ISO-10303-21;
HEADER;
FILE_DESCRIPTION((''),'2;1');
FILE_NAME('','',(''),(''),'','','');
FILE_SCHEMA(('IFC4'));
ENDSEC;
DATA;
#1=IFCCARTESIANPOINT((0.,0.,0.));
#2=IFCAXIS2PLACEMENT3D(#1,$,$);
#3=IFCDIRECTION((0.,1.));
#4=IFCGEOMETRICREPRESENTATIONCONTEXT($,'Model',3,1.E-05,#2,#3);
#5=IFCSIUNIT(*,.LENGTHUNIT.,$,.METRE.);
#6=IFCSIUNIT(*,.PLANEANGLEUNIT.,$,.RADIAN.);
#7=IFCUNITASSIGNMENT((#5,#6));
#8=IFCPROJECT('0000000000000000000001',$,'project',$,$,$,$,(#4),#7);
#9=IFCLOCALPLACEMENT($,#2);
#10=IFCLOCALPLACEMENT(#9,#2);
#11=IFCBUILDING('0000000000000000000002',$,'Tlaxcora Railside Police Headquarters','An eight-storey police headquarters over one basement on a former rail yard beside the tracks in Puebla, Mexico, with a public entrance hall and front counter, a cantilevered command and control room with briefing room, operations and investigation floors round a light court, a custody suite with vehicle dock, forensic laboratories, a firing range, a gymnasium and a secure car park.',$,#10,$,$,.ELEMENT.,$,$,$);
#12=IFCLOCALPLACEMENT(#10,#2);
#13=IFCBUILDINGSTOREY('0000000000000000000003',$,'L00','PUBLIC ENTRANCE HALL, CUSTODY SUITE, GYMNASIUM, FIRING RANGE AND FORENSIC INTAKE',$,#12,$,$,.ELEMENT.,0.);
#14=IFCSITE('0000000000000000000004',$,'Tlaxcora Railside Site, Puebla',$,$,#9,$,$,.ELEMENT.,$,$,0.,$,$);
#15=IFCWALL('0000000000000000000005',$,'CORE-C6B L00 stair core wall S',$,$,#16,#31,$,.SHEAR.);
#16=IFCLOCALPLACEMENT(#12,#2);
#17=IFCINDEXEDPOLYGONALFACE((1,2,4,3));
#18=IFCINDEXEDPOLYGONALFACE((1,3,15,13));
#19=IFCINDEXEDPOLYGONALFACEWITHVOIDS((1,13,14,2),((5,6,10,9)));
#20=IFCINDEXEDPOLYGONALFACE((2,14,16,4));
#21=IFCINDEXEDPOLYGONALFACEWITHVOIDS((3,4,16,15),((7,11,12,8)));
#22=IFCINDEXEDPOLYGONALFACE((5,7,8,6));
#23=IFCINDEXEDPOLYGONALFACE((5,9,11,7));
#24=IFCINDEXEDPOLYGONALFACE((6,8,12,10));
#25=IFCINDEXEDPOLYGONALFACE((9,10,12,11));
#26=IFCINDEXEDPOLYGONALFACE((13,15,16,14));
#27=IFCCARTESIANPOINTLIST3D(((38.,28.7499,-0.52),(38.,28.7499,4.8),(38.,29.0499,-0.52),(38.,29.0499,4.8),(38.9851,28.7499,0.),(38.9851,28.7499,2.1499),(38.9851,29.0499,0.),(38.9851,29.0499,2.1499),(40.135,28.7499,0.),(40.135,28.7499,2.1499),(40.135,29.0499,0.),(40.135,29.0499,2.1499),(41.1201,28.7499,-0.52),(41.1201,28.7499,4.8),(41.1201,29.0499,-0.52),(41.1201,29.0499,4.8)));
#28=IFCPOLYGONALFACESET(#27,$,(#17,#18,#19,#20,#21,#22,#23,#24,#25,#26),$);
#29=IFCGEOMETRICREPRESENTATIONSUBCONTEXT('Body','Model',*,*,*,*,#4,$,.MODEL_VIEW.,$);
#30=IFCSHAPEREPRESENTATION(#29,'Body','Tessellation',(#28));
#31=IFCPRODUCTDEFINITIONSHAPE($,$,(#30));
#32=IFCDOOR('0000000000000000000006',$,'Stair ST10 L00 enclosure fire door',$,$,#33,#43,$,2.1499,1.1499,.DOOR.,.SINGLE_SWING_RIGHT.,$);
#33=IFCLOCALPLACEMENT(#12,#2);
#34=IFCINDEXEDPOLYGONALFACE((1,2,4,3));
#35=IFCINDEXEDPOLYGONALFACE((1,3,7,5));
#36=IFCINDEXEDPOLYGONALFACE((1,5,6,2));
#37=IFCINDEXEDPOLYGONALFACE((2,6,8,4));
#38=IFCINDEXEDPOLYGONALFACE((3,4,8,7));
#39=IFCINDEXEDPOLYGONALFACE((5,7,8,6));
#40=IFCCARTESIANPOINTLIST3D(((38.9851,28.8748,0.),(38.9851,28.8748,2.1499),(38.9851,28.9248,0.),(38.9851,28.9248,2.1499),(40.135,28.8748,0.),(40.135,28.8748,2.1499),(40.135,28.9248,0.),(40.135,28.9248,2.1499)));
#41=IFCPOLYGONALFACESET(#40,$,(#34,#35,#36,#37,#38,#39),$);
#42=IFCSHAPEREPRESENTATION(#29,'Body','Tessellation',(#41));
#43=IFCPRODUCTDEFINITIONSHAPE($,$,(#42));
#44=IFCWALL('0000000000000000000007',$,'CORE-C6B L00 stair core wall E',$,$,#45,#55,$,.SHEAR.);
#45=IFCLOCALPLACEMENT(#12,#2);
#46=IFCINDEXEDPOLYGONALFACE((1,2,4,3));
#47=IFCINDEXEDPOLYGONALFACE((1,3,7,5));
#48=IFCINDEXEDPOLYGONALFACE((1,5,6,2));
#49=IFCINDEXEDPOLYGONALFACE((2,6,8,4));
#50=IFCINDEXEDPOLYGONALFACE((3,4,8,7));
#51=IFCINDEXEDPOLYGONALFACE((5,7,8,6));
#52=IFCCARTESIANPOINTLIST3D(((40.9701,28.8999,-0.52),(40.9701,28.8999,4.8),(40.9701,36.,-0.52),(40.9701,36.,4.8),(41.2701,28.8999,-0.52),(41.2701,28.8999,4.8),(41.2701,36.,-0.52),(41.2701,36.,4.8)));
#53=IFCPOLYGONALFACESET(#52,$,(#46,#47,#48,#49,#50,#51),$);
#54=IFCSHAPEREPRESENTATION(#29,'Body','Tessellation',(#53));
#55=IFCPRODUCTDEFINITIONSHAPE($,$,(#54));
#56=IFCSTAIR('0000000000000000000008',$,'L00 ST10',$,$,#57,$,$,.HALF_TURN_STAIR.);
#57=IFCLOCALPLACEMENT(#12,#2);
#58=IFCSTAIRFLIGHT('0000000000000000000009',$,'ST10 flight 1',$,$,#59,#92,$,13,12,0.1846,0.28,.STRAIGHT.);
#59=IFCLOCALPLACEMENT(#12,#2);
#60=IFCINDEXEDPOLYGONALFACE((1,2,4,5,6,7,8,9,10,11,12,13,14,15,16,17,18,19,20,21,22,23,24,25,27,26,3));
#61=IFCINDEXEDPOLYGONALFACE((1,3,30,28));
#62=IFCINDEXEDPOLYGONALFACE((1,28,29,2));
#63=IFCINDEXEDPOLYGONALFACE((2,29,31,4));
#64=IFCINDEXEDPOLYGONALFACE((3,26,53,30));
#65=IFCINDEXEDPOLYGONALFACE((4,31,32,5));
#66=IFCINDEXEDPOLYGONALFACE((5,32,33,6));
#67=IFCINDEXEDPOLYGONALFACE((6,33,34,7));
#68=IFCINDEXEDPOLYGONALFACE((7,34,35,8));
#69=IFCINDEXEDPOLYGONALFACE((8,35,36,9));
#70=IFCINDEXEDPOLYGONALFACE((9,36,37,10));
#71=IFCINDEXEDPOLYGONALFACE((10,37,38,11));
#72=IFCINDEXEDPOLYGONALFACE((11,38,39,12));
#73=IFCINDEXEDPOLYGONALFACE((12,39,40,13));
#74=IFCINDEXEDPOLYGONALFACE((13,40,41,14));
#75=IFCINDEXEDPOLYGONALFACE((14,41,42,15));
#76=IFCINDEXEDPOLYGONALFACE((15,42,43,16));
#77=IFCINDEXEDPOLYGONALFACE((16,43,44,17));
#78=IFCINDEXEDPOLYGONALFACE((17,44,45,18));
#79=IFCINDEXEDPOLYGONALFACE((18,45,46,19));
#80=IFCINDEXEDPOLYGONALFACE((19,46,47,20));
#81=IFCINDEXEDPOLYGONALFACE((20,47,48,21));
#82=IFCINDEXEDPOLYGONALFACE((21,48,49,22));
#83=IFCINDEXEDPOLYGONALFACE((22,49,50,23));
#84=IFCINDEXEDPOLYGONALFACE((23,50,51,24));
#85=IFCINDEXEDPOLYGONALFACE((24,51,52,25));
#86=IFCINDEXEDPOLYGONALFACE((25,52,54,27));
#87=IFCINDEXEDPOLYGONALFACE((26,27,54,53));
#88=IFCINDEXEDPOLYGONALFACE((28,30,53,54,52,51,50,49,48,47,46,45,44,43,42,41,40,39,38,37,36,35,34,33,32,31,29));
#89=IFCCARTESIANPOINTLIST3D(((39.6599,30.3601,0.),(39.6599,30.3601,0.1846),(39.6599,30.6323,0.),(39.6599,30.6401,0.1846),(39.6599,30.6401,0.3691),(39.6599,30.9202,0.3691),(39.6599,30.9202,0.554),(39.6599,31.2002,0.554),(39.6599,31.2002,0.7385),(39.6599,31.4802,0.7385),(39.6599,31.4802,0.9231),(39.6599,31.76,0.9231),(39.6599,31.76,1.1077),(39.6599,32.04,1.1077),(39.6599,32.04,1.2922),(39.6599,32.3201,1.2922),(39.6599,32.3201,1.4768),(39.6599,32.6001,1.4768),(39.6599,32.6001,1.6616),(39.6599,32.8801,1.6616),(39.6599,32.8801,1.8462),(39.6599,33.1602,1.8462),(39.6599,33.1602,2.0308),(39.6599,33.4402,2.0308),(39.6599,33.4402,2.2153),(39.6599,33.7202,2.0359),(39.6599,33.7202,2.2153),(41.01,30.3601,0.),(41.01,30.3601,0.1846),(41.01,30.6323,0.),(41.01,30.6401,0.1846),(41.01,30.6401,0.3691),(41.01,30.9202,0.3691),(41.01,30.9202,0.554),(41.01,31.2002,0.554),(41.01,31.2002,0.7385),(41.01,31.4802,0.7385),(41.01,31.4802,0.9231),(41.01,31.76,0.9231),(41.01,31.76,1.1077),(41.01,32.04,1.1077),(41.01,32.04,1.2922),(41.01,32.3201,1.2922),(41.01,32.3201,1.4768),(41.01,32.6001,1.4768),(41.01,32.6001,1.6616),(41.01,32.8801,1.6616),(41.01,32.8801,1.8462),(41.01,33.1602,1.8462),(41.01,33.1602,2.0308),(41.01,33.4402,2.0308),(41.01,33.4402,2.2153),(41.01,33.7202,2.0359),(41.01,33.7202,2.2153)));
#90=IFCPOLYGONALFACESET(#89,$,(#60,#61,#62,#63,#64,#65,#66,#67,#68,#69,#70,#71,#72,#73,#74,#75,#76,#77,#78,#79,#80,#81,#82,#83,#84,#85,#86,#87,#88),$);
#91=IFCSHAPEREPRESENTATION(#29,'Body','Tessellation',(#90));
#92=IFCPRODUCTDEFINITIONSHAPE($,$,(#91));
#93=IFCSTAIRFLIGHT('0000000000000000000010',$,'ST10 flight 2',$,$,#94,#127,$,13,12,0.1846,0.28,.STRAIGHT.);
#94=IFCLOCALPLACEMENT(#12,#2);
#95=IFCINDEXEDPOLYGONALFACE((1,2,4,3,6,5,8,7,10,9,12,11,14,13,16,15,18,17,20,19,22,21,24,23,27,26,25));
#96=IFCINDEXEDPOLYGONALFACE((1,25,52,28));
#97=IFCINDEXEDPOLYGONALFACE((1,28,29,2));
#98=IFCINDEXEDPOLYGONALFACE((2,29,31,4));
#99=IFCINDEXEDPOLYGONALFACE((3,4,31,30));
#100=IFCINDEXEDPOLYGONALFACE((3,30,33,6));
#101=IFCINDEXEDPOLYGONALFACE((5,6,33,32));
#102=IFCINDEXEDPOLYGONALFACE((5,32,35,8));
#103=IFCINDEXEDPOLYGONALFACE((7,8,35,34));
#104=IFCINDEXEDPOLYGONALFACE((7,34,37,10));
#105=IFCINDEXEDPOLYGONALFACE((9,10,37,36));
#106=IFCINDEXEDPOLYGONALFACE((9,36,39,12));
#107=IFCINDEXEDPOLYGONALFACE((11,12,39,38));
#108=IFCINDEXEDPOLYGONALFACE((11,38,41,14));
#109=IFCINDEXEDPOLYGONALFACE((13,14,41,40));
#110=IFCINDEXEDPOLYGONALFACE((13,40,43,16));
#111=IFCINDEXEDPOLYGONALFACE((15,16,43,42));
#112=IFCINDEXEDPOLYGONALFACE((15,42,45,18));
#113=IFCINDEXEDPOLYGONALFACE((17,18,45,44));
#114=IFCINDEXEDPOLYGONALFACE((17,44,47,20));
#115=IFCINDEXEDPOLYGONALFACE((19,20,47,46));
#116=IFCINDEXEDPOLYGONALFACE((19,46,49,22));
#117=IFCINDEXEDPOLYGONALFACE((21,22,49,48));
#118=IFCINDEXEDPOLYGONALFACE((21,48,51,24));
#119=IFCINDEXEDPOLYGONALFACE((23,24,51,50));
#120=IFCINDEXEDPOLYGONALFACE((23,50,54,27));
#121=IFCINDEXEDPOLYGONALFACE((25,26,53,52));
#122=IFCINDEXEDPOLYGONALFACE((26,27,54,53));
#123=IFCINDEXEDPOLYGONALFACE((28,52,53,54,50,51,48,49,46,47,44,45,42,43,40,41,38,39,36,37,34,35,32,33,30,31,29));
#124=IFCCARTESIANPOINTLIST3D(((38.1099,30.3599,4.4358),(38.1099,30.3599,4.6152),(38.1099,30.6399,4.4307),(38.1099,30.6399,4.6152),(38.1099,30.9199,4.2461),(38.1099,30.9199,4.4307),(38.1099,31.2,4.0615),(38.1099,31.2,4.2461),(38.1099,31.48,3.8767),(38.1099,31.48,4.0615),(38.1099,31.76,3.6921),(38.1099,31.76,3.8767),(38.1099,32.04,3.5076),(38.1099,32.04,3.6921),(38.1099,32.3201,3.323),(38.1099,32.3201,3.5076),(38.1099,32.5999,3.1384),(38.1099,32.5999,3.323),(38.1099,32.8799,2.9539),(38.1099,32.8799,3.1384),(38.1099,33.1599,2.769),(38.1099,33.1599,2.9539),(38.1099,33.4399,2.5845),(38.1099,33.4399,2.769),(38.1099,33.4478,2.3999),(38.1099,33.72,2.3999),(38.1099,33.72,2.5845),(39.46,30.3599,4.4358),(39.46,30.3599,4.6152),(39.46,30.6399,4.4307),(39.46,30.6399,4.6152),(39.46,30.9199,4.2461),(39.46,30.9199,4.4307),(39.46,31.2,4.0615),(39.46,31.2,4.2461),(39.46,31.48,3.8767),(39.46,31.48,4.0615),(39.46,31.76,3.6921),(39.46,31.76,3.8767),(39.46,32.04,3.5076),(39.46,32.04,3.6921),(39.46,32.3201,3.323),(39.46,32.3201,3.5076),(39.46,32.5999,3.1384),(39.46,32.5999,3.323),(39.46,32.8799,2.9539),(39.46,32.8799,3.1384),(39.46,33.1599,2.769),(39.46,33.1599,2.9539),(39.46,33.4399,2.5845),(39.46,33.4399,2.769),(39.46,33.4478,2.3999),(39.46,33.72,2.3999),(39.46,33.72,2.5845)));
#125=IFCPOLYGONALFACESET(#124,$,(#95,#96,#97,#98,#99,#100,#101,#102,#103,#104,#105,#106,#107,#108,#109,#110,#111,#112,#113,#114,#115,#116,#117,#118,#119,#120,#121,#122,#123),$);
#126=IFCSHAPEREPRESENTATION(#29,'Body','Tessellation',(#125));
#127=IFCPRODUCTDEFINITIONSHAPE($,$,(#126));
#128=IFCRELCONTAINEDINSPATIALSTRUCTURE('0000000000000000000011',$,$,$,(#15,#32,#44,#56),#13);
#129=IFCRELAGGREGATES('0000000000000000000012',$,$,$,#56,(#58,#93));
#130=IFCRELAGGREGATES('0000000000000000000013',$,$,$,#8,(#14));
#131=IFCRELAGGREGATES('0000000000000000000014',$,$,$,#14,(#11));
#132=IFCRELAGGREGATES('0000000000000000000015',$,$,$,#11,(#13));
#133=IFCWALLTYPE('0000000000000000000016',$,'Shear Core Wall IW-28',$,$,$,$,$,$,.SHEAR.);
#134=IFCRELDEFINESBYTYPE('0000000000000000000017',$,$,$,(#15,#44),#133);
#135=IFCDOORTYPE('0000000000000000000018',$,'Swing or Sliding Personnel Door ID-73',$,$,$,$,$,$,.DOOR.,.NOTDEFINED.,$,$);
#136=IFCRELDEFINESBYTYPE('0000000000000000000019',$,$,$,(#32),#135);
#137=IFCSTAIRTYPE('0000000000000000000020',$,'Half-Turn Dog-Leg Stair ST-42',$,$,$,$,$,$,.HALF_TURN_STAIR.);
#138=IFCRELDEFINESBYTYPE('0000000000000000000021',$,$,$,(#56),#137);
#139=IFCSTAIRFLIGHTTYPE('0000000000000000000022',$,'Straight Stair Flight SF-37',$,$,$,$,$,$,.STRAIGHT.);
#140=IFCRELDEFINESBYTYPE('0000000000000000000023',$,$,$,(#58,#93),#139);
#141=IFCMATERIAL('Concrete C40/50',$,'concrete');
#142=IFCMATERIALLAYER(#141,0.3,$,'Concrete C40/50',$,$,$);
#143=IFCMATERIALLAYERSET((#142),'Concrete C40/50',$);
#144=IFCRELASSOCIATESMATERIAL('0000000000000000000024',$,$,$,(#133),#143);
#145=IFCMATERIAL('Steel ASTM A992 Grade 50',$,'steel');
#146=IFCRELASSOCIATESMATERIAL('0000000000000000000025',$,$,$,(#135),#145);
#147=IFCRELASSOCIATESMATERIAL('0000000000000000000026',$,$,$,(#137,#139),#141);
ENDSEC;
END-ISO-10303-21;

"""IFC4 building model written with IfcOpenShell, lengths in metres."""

from ifc_helpers import new_model, si_unit, direction, frame, frame_2d, origin, place, context, subcontext, project, spatial, polyline, rectangle, outline, extrude, material, layer, layer_set, type_object, element, fill, aggregate, save


model = new_model("IFC4")

# Units and contexts
model_context = context("Model", 3, precision=1e-05, world=origin(), true_north=direction((0.0, 1.0)))
body_context = subcontext(model_context, "Body", "Model", "MODEL_VIEW")
ifc_project = project(units=[si_unit("LENGTHUNIT", "METRE"), si_unit("PLANEANGLEUNIT", "RADIAN")], contexts=[model_context])

# Site, building, storey
site_placement = place(None, origin())
site = spatial("IfcSite", under=ifc_project, at=site_placement, Name="Tlaxcora Railside Site, Puebla", CompositionType="ELEMENT", RefElevation=0.0)
building_placement = place(site_placement, origin())
building = spatial("IfcBuilding", under=site, at=building_placement, Name="Tlaxcora Railside Police Headquarters", Description="An eight-storey police headquarters over one basement on a former rail yard beside the tracks in Puebla, Mexico, with a public entrance hall and front counter, a cantilevered command and control room with briefing room, operations and investigation floors round a light court, a custody suite with vehicle dock, forensic laboratories, a firing range, a gymnasium and a secure car park.", CompositionType="ELEMENT")
storey_placement = place(building_placement, origin())
storey = spatial("IfcBuildingStorey", under=building, at=storey_placement, Name="L00", Description="PUBLIC ENTRANCE HALL, CUSTODY SUITE, GYMNASIUM, FIRING RANGE AND FORENSIC INTAKE", CompositionType="ELEMENT", Elevation=0.0)

# Shared definitions
ifc_material_1 = material(Name="Concrete C40/50", Category="concrete")

# Shared definitions
ifc_material_2 = material(Name="Steel ASTM A992 Grade 50", Category="steel")

# Wall, opening, door
ifc_layer_1 = layer(ifc_material_1, 0.3, Name="Concrete C40/50")
ifc_layer_set_1 = layer_set([ifc_layer_1], Name="Concrete C40/50")
wall_type_1 = type_object("IfcWallType", Name="Shear Core Wall IW-28", PredefinedType="SHEAR", material=ifc_layer_set_1)
wall_1_placement = place(storey_placement, frame((38.0, 28.8999, -0.52), z_axis=(0.0, 0.0, 1.0), x_axis=(1.0, 0.0, 0.0)))
wall_1 = element("IfcWall", 1, at=wall_1_placement, inside=storey, type_object=wall_type_1, Name="CORE-C6B L00 stair core wall S", PredefinedType="SHEAR", context=body_context, shape_type="SweptSolid", body=[
    extrude(rectangle(XDim=3.1201, YDim=0.3, at=frame_2d((1.5601, 0.0))), origin(), (0.0, 0.0, 1.0), 5.3201),
])
opening_placement = place(wall_1_placement, frame((0.9851, 0.0, 0.52)))
opening = element("IfcOpeningElement", 2, at=opening_placement, cuts=wall_1, PredefinedType="OPENING", context=body_context, shape_type="SweptSolid", body=[
    extrude(rectangle(XDim=1.1499, YDim=2.1499, at=frame_2d((0.575, 1.075))), frame((0.0, 0.1602, 0.0), z_axis=(0.0, -1.0, 0.0), x_axis=(1.0, 0.0, 0.0)), (0.0, 0.0, 1.0), 0.3201),
])
door_type = type_object("IfcDoorType", Name="Swing or Sliding Personnel Door ID-73", OperationType="NOTDEFINED", PredefinedType="DOOR", material=ifc_material_2)
door_placement = place(opening_placement, origin())
door = element("IfcDoor", 3, at=door_placement, inside=storey, type_object=door_type, Name="Stair ST10 L00 enclosure fire door", OperationType="SINGLE_SWING_RIGHT", OverallHeight=2.1499, OverallWidth=1.1499, PredefinedType="DOOR", context=body_context, shape_type="SweptSolid", body=[
    extrude(rectangle(XDim=1.1499, YDim=2.1499, at=frame_2d((0.575, 1.075))), frame((0.0, 0.0249, 0.0), z_axis=(0.0, -1.0, 0.0), x_axis=(1.0, 0.0, 0.0)), (0.0, 0.0, 1.0), 0.05),
])
fill(opening, door)

# Wall
wall_2_placement = place(storey_placement, frame((41.1201, 28.8999, -0.52), z_axis=(0.0, 0.0, 1.0), x_axis=(0.0, 1.0, 0.0)))
element("IfcWall", 4, at=wall_2_placement, inside=storey, type_object=wall_type_1, Name="CORE-C6B L00 stair core wall E", PredefinedType="SHEAR", context=body_context, shape_type="SweptSolid", body=[
    extrude(rectangle(XDim=7.1001, YDim=0.3, at=frame_2d((3.55, 0.0))), origin(), (0.0, 0.0, 1.0), 5.3201),
])

# Stair, stair flights
stair_type = type_object("IfcStairType", Name="Half-Turn Dog-Leg Stair ST-42", PredefinedType="HALF_TURN_STAIR", material=ifc_material_1)
stair_placement = place(storey_placement, origin())
stair = element("IfcStair", 5, at=stair_placement, inside=storey, type_object=stair_type, Name="L00 ST10", PredefinedType="HALF_TURN_STAIR")
stair_flight_type = type_object("IfcStairFlightType", Name="Straight Stair Flight SF-37", PredefinedType="STRAIGHT", material=ifc_material_1)
stair_flight_1_placement = place(storey_placement, frame((40.335, 30.3601, 0.0), z_axis=(0.0, 0.0, 1.0), x_axis=(0.0, 1.0, 0.0)))
stair_flight_1 = element("IfcStairFlight", 6, at=stair_flight_1_placement, type_object=stair_flight_type, Name="ST10 flight 1", NumberOfRisers=13, NumberOfTreads=12, PredefinedType="STRAIGHT", RiserHeight=0.1846, TreadLength=0.28, context=body_context, shape_type="SweptSolid", body=[
    extrude(outline(polyline([(0.0, 0.0), (0.0, 0.1846), (0.28, 0.1846), (0.28, 0.3691), (0.5601, 0.3691), (0.5601, 0.554), (0.8401, 0.554), (0.8401, 0.7385), (1.1201, 0.7385), (1.1201, 0.9231), (1.3999, 0.9231), (1.3999, 1.1077), (1.6799, 1.1077), (1.6799, 1.2922), (1.96, 1.2922), (1.96, 1.4768), (2.24, 1.4768), (2.24, 1.6616), (2.52, 1.6616), (2.52, 1.8462), (2.8, 1.8462), (2.8, 2.0308), (3.0801, 2.0308), (3.0801, 2.2153), (3.3601, 2.2153), (3.3601, 2.3999), (3.3601, 2.0359), (0.2722, 0.0), (0.0, 0.0)])), frame((0.0, 0.675, 0.0), z_axis=(0.0, -1.0, 0.0), x_axis=(1.0, 0.0, 0.0)), (0.0, 0.0, 1.0), 1.3501),
])
stair_flight_2_placement = place(storey_placement, frame((38.7849, 33.72, 2.3999), z_axis=(0.0, 0.0, 1.0), x_axis=(0.0, -1.0, 0.0)))
stair_flight_2 = element("IfcStairFlight", 7, at=stair_flight_2_placement, type_object=stair_flight_type, Name="ST10 flight 2", NumberOfRisers=13, NumberOfTreads=12, PredefinedType="STRAIGHT", RiserHeight=0.1846, TreadLength=0.28, context=body_context, shape_type="SweptSolid", body=[
    extrude(outline(polyline([(0.0, 0.0), (0.0, 0.1846), (0.28, 0.1846), (0.28, 0.3691), (0.5601, 0.3691), (0.5601, 0.554), (0.8401, 0.554), (0.8401, 0.7385), (1.1201, 0.7385), (1.1201, 0.9231), (1.3999, 0.9231), (1.3999, 1.1077), (1.6799, 1.1077), (1.6799, 1.2922), (1.96, 1.2922), (1.96, 1.4768), (2.24, 1.4768), (2.24, 1.6616), (2.52, 1.6616), (2.52, 1.8462), (2.8, 1.8462), (2.8, 2.0308), (3.0801, 2.0308), (3.0801, 2.2153), (3.3601, 2.2153), (3.3601, 2.3999), (3.3601, 2.0359), (0.2722, 0.0), (0.0, 0.0)])), frame((0.0, 0.675, 0.0), z_axis=(0.0, -1.0, 0.0), x_axis=(1.0, 0.0, 0.0)), (0.0, 0.0, 1.0), 1.3501),
])
aggregate(stair, [stair_flight_1, stair_flight_2])

save(model, "model.ifc")
